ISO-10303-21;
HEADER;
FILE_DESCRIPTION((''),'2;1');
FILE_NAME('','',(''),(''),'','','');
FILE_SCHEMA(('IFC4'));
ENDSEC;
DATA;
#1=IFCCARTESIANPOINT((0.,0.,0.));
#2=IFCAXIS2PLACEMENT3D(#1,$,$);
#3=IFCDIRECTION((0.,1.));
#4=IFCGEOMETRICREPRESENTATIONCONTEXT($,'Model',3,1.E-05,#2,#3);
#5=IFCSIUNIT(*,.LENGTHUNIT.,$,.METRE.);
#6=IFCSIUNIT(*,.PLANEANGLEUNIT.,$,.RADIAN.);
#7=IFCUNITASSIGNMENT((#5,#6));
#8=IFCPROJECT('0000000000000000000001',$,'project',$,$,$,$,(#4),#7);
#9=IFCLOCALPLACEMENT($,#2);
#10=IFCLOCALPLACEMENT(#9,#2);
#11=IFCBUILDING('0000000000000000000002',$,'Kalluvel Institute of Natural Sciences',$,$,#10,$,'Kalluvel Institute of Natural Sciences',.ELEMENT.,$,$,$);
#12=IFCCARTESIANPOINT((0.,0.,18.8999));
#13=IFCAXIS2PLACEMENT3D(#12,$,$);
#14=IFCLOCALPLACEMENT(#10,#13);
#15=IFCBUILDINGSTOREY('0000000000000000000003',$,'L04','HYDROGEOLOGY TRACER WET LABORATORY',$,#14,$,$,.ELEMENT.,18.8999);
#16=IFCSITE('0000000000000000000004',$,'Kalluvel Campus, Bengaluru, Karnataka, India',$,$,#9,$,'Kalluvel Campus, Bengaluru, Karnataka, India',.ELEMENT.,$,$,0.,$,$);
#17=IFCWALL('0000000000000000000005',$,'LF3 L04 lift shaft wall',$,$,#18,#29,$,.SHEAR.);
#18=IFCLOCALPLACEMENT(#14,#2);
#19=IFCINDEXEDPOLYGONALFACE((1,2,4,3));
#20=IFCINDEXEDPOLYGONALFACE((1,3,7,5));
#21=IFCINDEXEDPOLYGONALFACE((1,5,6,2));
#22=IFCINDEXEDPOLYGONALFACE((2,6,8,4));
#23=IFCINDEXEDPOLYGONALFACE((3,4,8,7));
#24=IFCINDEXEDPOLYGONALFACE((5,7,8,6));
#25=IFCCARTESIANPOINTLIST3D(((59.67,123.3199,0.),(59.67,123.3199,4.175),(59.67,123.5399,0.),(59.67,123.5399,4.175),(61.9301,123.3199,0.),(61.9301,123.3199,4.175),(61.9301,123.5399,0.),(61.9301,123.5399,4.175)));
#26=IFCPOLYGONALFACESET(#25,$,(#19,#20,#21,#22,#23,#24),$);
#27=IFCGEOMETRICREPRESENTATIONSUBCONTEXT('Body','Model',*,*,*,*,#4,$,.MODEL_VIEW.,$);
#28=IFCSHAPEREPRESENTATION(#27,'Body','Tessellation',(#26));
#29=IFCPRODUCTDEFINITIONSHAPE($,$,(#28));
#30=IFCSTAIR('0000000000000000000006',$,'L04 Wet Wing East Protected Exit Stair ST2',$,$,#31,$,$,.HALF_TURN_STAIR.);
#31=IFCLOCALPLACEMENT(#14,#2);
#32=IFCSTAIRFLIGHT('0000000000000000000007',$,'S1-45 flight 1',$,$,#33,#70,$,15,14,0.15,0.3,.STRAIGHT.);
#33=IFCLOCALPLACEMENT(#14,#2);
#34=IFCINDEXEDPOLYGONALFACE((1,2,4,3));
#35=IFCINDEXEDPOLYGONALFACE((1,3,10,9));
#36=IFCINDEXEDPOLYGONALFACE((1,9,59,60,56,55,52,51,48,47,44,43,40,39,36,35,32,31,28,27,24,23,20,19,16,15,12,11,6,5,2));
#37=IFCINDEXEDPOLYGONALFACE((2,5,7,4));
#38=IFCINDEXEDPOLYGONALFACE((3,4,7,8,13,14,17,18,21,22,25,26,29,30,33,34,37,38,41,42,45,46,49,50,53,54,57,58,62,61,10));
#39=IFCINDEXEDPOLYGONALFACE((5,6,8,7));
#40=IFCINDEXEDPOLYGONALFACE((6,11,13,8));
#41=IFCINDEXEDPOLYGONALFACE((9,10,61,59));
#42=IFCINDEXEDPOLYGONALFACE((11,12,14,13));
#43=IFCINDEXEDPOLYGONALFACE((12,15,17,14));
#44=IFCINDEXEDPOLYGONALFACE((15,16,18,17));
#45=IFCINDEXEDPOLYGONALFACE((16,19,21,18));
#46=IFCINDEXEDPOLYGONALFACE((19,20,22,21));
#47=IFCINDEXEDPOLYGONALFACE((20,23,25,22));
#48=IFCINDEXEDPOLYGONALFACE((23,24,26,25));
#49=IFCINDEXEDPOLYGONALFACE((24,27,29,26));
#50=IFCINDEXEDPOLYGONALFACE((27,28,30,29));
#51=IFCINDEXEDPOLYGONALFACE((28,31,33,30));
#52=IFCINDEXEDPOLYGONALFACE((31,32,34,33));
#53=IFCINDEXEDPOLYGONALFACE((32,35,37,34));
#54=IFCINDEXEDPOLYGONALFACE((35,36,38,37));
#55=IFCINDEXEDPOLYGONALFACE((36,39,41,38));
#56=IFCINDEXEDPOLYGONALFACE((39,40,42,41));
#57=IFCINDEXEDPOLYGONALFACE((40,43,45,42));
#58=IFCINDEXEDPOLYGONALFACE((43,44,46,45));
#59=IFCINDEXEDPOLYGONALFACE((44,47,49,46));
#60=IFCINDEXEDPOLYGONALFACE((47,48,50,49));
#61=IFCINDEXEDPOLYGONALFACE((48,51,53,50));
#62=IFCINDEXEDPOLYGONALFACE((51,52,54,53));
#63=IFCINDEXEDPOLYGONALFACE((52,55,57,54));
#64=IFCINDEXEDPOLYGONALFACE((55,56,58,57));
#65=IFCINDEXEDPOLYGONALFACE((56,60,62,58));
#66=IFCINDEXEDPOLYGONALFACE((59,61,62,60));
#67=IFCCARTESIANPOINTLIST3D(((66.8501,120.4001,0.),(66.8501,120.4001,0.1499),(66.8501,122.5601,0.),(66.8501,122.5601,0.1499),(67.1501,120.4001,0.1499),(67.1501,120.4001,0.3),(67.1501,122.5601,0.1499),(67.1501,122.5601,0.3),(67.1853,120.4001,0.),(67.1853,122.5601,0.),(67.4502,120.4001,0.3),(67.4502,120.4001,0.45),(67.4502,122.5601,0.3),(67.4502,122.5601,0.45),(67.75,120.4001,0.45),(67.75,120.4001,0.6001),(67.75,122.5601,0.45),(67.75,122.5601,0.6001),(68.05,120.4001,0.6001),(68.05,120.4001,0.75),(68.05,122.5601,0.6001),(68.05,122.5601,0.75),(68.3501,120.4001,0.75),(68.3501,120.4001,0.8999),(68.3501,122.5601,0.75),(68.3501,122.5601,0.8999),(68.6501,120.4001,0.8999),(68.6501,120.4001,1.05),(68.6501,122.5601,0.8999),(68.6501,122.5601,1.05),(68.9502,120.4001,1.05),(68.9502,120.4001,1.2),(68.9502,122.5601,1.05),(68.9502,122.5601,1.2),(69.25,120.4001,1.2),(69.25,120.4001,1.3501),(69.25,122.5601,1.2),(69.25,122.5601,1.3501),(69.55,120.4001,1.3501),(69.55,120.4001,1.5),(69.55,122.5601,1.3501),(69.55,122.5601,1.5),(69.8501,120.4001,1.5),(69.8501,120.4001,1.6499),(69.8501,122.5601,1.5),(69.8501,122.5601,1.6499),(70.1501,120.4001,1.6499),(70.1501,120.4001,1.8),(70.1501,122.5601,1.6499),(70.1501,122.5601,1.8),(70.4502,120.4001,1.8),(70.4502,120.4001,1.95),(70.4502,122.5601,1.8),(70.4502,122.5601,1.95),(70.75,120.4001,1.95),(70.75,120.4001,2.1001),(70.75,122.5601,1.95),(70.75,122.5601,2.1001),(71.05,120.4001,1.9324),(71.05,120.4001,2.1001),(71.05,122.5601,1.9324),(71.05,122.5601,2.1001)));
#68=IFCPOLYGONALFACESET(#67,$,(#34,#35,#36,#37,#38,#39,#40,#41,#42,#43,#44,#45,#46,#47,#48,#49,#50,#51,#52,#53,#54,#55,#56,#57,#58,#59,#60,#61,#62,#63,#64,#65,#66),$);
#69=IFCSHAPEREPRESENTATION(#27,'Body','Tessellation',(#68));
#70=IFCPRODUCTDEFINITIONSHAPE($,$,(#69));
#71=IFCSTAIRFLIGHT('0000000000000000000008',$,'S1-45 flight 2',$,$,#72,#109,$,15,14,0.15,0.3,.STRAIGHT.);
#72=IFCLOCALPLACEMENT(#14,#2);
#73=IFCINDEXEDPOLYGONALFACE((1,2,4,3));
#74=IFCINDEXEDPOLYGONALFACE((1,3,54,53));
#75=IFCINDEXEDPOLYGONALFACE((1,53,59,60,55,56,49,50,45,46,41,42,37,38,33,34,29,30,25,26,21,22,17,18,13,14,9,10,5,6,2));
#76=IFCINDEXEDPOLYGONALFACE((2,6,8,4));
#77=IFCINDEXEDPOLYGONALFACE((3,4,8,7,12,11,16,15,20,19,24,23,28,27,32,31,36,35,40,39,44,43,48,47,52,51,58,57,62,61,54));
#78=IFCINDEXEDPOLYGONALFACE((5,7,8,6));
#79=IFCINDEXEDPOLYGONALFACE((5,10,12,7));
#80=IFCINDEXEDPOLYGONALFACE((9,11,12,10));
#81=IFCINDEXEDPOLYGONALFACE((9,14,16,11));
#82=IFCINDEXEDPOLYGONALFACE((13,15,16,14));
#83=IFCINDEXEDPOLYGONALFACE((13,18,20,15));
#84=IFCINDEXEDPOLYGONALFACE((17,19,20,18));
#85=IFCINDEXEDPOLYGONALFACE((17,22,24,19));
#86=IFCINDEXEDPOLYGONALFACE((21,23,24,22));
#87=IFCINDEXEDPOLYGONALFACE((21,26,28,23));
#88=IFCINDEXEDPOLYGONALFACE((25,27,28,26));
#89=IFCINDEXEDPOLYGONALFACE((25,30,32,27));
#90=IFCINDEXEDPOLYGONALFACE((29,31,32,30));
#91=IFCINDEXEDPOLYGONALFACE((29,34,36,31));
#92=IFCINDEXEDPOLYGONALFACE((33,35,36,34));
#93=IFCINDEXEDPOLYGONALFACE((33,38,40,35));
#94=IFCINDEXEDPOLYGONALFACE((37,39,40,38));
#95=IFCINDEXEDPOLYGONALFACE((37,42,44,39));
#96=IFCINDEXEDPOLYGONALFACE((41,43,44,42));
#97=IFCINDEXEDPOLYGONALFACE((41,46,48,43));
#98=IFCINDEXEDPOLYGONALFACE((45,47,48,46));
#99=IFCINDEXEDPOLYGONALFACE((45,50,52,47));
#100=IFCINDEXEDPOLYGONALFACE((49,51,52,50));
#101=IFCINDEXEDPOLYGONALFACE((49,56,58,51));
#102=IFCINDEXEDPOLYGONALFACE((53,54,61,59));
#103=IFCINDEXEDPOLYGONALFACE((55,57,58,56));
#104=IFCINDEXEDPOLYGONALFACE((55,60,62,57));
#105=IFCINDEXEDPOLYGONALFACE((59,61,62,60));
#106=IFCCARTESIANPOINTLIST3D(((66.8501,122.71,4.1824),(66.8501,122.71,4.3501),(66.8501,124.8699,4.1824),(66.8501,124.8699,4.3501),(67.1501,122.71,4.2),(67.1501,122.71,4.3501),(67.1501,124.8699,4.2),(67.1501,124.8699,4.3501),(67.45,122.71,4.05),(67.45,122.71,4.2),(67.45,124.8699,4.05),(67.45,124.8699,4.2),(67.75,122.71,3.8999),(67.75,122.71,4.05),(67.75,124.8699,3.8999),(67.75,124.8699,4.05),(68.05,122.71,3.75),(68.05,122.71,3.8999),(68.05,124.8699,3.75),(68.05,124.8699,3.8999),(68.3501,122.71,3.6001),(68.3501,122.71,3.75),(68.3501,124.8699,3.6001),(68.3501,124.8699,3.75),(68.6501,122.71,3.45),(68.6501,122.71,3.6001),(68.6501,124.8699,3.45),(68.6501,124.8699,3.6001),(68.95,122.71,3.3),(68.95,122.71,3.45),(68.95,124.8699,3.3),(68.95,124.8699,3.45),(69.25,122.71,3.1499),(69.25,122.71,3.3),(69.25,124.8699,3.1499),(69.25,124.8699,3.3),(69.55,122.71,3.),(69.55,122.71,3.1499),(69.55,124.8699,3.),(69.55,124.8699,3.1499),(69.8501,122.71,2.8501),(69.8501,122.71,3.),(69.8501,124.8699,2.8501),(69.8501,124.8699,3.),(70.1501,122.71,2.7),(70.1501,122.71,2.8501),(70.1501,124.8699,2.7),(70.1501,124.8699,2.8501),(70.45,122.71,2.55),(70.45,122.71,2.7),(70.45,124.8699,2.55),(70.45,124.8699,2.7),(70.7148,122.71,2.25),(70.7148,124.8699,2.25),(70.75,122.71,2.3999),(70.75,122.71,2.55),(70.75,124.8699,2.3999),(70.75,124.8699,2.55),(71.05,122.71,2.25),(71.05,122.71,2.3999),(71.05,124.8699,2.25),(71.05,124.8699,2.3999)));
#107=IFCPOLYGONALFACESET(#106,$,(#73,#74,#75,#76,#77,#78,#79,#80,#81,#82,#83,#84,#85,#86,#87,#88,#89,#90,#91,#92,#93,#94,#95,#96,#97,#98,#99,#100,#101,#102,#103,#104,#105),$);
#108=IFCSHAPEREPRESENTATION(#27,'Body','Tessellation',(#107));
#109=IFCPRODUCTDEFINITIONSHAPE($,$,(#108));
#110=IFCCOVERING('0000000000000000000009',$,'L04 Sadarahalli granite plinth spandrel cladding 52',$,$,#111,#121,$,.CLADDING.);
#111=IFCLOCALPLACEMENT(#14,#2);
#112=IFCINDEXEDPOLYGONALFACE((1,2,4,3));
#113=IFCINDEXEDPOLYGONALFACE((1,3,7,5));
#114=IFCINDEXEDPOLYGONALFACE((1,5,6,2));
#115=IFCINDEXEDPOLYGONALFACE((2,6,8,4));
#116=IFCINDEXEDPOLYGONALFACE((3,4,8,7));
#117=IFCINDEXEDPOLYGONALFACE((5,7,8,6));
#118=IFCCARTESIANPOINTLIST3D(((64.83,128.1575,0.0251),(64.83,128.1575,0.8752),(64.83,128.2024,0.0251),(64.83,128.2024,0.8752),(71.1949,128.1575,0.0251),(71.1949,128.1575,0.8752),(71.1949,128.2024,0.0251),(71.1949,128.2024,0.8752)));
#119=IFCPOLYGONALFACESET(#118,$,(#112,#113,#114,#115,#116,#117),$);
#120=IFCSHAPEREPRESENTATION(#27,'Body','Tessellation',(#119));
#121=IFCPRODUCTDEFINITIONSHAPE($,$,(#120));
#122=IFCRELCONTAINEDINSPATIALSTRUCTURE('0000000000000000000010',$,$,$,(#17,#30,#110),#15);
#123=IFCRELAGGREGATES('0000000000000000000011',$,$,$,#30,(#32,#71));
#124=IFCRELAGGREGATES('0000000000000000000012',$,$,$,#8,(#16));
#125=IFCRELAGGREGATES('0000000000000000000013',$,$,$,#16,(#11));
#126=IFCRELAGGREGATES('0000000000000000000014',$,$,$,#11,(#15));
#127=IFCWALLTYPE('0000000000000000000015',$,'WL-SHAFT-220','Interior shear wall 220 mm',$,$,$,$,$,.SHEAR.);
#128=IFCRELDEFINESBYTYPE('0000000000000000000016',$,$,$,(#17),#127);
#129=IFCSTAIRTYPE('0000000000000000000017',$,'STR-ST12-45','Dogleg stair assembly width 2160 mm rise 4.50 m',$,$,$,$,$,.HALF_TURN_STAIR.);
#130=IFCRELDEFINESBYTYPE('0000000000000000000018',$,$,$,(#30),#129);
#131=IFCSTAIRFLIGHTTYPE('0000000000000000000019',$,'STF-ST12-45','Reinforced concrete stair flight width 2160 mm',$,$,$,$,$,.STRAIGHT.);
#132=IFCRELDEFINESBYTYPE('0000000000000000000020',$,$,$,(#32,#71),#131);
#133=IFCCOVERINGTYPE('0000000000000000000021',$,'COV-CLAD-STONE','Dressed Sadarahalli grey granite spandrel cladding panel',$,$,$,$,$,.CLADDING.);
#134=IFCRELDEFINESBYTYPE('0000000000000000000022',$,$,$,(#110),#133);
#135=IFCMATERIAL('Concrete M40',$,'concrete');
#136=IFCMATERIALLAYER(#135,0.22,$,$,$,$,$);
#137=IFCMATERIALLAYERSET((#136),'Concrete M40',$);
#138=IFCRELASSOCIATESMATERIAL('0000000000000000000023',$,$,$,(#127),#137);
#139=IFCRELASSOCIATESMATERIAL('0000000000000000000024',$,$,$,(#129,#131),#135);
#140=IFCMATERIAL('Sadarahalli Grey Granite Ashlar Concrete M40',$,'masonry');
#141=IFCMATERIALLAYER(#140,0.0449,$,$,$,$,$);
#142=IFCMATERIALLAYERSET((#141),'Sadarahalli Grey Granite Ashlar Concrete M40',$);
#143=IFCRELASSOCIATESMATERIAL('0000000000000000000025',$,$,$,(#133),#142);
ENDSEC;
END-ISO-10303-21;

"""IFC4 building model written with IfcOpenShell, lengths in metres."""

from ifc_helpers import new_model, si_unit, direction, frame, frame_2d, origin, origin_2d, place, context, subcontext, project, spatial, polyline, rectangle, outline, extrude, material, layer, layer_set, type_object, element, aggregate, save


model = new_model("IFC4")

# Units and contexts
model_context = context("Model", 3, precision=1e-05, world=origin(), true_north=direction((0.0, 1.0)))
body_context = subcontext(model_context, "Body", "Model", "MODEL_VIEW")
ifc_project = project(units=[si_unit("LENGTHUNIT", "METRE"), si_unit("PLANEANGLEUNIT", "RADIAN")], contexts=[model_context])

# Site, building, storey
site_placement = place(None, origin())
site = spatial("IfcSite", under=ifc_project, at=site_placement, Name="Kalluvel Campus, Bengaluru, Karnataka, India", LongName="Kalluvel Campus, Bengaluru, Karnataka, India", CompositionType="ELEMENT", RefElevation=0.0)
building_placement = place(site_placement, origin())
building = spatial("IfcBuilding", under=site, at=building_placement, Name="Kalluvel Institute of Natural Sciences", LongName="Kalluvel Institute of Natural Sciences", CompositionType="ELEMENT")
storey_placement = place(building_placement, frame((0.0, 0.0, 18.8999)))
storey = spatial("IfcBuildingStorey", under=building, at=storey_placement, Name="L04", Description="HYDROGEOLOGY TRACER WET LABORATORY", CompositionType="ELEMENT", Elevation=18.8999)

# Shared definitions
ifc_material_1 = material(Name="Concrete M40", Category="concrete")

# Wall
ifc_material_2 = material(Name="Sadarahalli Grey Granite Ashlar Concrete M40", Category="masonry")
ifc_layer_1 = layer(ifc_material_1, 0.22)
ifc_layer_set_1 = layer_set([ifc_layer_1], Name="Concrete M40")
wall_type_1 = type_object("IfcWallType", Name="WL-SHAFT-220", Description="Interior shear wall 220 mm", PredefinedType="SHEAR", material=ifc_layer_set_1)
wall_1_placement = place(storey_placement, frame((61.9299, 123.4299, 0.0), z_axis=(0.0, 0.0, 1.0), x_axis=(-1.0, 0.0, 0.0)))
element("IfcWall", 1, at=wall_1_placement, inside=storey, type_object=wall_type_1, Name="LF3 L04 lift shaft wall", PredefinedType="SHEAR", context=body_context, shape_type="SweptSolid", body=[
    extrude(rectangle(XDim=2.26, YDim=0.22, at=frame_2d((1.1299, 0.0))), origin(), (0.0, 0.0, 1.0), 4.175),
])

# Stair, stair flights
stair_type = type_object("IfcStairType", Name="STR-ST12-45", Description="Dogleg stair assembly width 2160 mm rise 4.50 m", PredefinedType="HALF_TURN_STAIR", material=ifc_material_1)
stair_placement = place(storey_placement, origin())
stair = element("IfcStair", 2, at=stair_placement, inside=storey, type_object=stair_type, Name="L04 Wet Wing East Protected Exit Stair ST2", PredefinedType="HALF_TURN_STAIR")
stair_flight_type = type_object("IfcStairFlightType", Name="STF-ST12-45", Description="Reinforced concrete stair flight width 2160 mm", PredefinedType="STRAIGHT", material=ifc_material_1)
stair_flight_1_placement = place(storey_placement, frame((66.8501, 121.48, 0.0), z_axis=(0.0, 0.0, 1.0), x_axis=(1.0, 0.0, 0.0)))
stair_flight_1 = element("IfcStairFlight", 3, at=stair_flight_1_placement, type_object=stair_flight_type, Name="S1-45 flight 1", NumberOfRisers=15, NumberOfTreads=14, PredefinedType="STRAIGHT", RiserHeight=0.15, TreadLength=0.3, context=body_context, shape_type="SweptSolid", body=[
    extrude(outline(polyline([(0.0, 0.0), (0.0, 0.1499), (0.3, 0.1499), (0.3, 0.3), (0.6001, 0.3), (0.6001, 0.45), (0.8999, 0.45), (0.8999, 0.6001), (1.2, 0.6001), (1.2, 0.75), (1.5, 0.75), (1.5, 0.8999), (1.8, 0.8999), (1.8, 1.05), (2.1001, 1.05), (2.1001, 1.2), (2.3999, 1.2), (2.3999, 1.3501), (2.7, 1.3501), (2.7, 1.5), (3.0, 1.5), (3.0, 1.6499), (3.3, 1.6499), (3.3, 1.8), (3.6001, 1.8), (3.6001, 1.95), (3.8999, 1.95), (3.8999, 2.1001), (4.2, 2.1001), (4.2, 2.25), (4.2, 1.9324), (0.3352, 0.0), (0.0, 0.0)])), frame((0.0, 1.0801, 0.0), z_axis=(0.0, -1.0, 0.0), x_axis=(1.0, 0.0, 0.0)), (0.0, 0.0, 1.0), 2.1599),
])
stair_flight_2_placement = place(storey_placement, frame((71.05, 123.79, 2.25), z_axis=(0.0, 0.0, 1.0), x_axis=(-1.0, 0.0, 0.0)))
stair_flight_2 = element("IfcStairFlight", 4, at=stair_flight_2_placement, type_object=stair_flight_type, Name="S1-45 flight 2", NumberOfRisers=15, NumberOfTreads=14, PredefinedType="STRAIGHT", RiserHeight=0.15, TreadLength=0.3, context=body_context, shape_type="SweptSolid", body=[
    extrude(outline(polyline([(0.0, 0.0), (0.0, 0.1499), (0.3, 0.1499), (0.3, 0.3), (0.6001, 0.3), (0.6001, 0.45), (0.8999, 0.45), (0.8999, 0.6001), (1.2, 0.6001), (1.2, 0.75), (1.5, 0.75), (1.5, 0.8999), (1.8, 0.8999), (1.8, 1.05), (2.1001, 1.05), (2.1001, 1.2), (2.3999, 1.2), (2.3999, 1.3501), (2.7, 1.3501), (2.7, 1.5), (3.0, 1.5), (3.0, 1.6499), (3.3, 1.6499), (3.3, 1.8), (3.6001, 1.8), (3.6001, 1.95), (3.8999, 1.95), (3.8999, 2.1001), (4.2, 2.1001), (4.2, 2.25), (4.2, 1.9324), (0.3352, 0.0), (0.0, 0.0)])), frame((0.0, 1.0801, 0.0), z_axis=(0.0, -1.0, 0.0), x_axis=(1.0, 0.0, 0.0)), (0.0, 0.0, 1.0), 2.1599),
])
aggregate(stair, [stair_flight_1, stair_flight_2])

# Covering
ifc_layer_2 = layer(ifc_material_2, 0.0449)
ifc_layer_set_2 = layer_set([ifc_layer_2], Name="Sadarahalli Grey Granite Ashlar Concrete M40")
covering_type = type_object("IfcCoveringType", Name="COV-CLAD-STONE", Description="Dressed Sadarahalli grey granite spandrel cladding panel", PredefinedType="CLADDING", material=ifc_layer_set_2)
covering_placement = place(storey_placement, frame((68.0125, 128.1799, 0.0251), z_axis=(0.0, 0.0, 1.0), x_axis=(1.0, 0.0, 0.0)))
element("IfcCovering", 5, at=covering_placement, inside=storey, type_object=covering_type, Name="L04 Sadarahalli granite plinth spandrel cladding 52", PredefinedType="CLADDING", context=body_context, shape_type="SweptSolid", body=[
    extrude(rectangle(XDim=6.365, YDim=0.0449, at=origin_2d()), origin(), (0.0, 0.0, 1.0), 0.8501),
])

save(model, "model.ifc")
